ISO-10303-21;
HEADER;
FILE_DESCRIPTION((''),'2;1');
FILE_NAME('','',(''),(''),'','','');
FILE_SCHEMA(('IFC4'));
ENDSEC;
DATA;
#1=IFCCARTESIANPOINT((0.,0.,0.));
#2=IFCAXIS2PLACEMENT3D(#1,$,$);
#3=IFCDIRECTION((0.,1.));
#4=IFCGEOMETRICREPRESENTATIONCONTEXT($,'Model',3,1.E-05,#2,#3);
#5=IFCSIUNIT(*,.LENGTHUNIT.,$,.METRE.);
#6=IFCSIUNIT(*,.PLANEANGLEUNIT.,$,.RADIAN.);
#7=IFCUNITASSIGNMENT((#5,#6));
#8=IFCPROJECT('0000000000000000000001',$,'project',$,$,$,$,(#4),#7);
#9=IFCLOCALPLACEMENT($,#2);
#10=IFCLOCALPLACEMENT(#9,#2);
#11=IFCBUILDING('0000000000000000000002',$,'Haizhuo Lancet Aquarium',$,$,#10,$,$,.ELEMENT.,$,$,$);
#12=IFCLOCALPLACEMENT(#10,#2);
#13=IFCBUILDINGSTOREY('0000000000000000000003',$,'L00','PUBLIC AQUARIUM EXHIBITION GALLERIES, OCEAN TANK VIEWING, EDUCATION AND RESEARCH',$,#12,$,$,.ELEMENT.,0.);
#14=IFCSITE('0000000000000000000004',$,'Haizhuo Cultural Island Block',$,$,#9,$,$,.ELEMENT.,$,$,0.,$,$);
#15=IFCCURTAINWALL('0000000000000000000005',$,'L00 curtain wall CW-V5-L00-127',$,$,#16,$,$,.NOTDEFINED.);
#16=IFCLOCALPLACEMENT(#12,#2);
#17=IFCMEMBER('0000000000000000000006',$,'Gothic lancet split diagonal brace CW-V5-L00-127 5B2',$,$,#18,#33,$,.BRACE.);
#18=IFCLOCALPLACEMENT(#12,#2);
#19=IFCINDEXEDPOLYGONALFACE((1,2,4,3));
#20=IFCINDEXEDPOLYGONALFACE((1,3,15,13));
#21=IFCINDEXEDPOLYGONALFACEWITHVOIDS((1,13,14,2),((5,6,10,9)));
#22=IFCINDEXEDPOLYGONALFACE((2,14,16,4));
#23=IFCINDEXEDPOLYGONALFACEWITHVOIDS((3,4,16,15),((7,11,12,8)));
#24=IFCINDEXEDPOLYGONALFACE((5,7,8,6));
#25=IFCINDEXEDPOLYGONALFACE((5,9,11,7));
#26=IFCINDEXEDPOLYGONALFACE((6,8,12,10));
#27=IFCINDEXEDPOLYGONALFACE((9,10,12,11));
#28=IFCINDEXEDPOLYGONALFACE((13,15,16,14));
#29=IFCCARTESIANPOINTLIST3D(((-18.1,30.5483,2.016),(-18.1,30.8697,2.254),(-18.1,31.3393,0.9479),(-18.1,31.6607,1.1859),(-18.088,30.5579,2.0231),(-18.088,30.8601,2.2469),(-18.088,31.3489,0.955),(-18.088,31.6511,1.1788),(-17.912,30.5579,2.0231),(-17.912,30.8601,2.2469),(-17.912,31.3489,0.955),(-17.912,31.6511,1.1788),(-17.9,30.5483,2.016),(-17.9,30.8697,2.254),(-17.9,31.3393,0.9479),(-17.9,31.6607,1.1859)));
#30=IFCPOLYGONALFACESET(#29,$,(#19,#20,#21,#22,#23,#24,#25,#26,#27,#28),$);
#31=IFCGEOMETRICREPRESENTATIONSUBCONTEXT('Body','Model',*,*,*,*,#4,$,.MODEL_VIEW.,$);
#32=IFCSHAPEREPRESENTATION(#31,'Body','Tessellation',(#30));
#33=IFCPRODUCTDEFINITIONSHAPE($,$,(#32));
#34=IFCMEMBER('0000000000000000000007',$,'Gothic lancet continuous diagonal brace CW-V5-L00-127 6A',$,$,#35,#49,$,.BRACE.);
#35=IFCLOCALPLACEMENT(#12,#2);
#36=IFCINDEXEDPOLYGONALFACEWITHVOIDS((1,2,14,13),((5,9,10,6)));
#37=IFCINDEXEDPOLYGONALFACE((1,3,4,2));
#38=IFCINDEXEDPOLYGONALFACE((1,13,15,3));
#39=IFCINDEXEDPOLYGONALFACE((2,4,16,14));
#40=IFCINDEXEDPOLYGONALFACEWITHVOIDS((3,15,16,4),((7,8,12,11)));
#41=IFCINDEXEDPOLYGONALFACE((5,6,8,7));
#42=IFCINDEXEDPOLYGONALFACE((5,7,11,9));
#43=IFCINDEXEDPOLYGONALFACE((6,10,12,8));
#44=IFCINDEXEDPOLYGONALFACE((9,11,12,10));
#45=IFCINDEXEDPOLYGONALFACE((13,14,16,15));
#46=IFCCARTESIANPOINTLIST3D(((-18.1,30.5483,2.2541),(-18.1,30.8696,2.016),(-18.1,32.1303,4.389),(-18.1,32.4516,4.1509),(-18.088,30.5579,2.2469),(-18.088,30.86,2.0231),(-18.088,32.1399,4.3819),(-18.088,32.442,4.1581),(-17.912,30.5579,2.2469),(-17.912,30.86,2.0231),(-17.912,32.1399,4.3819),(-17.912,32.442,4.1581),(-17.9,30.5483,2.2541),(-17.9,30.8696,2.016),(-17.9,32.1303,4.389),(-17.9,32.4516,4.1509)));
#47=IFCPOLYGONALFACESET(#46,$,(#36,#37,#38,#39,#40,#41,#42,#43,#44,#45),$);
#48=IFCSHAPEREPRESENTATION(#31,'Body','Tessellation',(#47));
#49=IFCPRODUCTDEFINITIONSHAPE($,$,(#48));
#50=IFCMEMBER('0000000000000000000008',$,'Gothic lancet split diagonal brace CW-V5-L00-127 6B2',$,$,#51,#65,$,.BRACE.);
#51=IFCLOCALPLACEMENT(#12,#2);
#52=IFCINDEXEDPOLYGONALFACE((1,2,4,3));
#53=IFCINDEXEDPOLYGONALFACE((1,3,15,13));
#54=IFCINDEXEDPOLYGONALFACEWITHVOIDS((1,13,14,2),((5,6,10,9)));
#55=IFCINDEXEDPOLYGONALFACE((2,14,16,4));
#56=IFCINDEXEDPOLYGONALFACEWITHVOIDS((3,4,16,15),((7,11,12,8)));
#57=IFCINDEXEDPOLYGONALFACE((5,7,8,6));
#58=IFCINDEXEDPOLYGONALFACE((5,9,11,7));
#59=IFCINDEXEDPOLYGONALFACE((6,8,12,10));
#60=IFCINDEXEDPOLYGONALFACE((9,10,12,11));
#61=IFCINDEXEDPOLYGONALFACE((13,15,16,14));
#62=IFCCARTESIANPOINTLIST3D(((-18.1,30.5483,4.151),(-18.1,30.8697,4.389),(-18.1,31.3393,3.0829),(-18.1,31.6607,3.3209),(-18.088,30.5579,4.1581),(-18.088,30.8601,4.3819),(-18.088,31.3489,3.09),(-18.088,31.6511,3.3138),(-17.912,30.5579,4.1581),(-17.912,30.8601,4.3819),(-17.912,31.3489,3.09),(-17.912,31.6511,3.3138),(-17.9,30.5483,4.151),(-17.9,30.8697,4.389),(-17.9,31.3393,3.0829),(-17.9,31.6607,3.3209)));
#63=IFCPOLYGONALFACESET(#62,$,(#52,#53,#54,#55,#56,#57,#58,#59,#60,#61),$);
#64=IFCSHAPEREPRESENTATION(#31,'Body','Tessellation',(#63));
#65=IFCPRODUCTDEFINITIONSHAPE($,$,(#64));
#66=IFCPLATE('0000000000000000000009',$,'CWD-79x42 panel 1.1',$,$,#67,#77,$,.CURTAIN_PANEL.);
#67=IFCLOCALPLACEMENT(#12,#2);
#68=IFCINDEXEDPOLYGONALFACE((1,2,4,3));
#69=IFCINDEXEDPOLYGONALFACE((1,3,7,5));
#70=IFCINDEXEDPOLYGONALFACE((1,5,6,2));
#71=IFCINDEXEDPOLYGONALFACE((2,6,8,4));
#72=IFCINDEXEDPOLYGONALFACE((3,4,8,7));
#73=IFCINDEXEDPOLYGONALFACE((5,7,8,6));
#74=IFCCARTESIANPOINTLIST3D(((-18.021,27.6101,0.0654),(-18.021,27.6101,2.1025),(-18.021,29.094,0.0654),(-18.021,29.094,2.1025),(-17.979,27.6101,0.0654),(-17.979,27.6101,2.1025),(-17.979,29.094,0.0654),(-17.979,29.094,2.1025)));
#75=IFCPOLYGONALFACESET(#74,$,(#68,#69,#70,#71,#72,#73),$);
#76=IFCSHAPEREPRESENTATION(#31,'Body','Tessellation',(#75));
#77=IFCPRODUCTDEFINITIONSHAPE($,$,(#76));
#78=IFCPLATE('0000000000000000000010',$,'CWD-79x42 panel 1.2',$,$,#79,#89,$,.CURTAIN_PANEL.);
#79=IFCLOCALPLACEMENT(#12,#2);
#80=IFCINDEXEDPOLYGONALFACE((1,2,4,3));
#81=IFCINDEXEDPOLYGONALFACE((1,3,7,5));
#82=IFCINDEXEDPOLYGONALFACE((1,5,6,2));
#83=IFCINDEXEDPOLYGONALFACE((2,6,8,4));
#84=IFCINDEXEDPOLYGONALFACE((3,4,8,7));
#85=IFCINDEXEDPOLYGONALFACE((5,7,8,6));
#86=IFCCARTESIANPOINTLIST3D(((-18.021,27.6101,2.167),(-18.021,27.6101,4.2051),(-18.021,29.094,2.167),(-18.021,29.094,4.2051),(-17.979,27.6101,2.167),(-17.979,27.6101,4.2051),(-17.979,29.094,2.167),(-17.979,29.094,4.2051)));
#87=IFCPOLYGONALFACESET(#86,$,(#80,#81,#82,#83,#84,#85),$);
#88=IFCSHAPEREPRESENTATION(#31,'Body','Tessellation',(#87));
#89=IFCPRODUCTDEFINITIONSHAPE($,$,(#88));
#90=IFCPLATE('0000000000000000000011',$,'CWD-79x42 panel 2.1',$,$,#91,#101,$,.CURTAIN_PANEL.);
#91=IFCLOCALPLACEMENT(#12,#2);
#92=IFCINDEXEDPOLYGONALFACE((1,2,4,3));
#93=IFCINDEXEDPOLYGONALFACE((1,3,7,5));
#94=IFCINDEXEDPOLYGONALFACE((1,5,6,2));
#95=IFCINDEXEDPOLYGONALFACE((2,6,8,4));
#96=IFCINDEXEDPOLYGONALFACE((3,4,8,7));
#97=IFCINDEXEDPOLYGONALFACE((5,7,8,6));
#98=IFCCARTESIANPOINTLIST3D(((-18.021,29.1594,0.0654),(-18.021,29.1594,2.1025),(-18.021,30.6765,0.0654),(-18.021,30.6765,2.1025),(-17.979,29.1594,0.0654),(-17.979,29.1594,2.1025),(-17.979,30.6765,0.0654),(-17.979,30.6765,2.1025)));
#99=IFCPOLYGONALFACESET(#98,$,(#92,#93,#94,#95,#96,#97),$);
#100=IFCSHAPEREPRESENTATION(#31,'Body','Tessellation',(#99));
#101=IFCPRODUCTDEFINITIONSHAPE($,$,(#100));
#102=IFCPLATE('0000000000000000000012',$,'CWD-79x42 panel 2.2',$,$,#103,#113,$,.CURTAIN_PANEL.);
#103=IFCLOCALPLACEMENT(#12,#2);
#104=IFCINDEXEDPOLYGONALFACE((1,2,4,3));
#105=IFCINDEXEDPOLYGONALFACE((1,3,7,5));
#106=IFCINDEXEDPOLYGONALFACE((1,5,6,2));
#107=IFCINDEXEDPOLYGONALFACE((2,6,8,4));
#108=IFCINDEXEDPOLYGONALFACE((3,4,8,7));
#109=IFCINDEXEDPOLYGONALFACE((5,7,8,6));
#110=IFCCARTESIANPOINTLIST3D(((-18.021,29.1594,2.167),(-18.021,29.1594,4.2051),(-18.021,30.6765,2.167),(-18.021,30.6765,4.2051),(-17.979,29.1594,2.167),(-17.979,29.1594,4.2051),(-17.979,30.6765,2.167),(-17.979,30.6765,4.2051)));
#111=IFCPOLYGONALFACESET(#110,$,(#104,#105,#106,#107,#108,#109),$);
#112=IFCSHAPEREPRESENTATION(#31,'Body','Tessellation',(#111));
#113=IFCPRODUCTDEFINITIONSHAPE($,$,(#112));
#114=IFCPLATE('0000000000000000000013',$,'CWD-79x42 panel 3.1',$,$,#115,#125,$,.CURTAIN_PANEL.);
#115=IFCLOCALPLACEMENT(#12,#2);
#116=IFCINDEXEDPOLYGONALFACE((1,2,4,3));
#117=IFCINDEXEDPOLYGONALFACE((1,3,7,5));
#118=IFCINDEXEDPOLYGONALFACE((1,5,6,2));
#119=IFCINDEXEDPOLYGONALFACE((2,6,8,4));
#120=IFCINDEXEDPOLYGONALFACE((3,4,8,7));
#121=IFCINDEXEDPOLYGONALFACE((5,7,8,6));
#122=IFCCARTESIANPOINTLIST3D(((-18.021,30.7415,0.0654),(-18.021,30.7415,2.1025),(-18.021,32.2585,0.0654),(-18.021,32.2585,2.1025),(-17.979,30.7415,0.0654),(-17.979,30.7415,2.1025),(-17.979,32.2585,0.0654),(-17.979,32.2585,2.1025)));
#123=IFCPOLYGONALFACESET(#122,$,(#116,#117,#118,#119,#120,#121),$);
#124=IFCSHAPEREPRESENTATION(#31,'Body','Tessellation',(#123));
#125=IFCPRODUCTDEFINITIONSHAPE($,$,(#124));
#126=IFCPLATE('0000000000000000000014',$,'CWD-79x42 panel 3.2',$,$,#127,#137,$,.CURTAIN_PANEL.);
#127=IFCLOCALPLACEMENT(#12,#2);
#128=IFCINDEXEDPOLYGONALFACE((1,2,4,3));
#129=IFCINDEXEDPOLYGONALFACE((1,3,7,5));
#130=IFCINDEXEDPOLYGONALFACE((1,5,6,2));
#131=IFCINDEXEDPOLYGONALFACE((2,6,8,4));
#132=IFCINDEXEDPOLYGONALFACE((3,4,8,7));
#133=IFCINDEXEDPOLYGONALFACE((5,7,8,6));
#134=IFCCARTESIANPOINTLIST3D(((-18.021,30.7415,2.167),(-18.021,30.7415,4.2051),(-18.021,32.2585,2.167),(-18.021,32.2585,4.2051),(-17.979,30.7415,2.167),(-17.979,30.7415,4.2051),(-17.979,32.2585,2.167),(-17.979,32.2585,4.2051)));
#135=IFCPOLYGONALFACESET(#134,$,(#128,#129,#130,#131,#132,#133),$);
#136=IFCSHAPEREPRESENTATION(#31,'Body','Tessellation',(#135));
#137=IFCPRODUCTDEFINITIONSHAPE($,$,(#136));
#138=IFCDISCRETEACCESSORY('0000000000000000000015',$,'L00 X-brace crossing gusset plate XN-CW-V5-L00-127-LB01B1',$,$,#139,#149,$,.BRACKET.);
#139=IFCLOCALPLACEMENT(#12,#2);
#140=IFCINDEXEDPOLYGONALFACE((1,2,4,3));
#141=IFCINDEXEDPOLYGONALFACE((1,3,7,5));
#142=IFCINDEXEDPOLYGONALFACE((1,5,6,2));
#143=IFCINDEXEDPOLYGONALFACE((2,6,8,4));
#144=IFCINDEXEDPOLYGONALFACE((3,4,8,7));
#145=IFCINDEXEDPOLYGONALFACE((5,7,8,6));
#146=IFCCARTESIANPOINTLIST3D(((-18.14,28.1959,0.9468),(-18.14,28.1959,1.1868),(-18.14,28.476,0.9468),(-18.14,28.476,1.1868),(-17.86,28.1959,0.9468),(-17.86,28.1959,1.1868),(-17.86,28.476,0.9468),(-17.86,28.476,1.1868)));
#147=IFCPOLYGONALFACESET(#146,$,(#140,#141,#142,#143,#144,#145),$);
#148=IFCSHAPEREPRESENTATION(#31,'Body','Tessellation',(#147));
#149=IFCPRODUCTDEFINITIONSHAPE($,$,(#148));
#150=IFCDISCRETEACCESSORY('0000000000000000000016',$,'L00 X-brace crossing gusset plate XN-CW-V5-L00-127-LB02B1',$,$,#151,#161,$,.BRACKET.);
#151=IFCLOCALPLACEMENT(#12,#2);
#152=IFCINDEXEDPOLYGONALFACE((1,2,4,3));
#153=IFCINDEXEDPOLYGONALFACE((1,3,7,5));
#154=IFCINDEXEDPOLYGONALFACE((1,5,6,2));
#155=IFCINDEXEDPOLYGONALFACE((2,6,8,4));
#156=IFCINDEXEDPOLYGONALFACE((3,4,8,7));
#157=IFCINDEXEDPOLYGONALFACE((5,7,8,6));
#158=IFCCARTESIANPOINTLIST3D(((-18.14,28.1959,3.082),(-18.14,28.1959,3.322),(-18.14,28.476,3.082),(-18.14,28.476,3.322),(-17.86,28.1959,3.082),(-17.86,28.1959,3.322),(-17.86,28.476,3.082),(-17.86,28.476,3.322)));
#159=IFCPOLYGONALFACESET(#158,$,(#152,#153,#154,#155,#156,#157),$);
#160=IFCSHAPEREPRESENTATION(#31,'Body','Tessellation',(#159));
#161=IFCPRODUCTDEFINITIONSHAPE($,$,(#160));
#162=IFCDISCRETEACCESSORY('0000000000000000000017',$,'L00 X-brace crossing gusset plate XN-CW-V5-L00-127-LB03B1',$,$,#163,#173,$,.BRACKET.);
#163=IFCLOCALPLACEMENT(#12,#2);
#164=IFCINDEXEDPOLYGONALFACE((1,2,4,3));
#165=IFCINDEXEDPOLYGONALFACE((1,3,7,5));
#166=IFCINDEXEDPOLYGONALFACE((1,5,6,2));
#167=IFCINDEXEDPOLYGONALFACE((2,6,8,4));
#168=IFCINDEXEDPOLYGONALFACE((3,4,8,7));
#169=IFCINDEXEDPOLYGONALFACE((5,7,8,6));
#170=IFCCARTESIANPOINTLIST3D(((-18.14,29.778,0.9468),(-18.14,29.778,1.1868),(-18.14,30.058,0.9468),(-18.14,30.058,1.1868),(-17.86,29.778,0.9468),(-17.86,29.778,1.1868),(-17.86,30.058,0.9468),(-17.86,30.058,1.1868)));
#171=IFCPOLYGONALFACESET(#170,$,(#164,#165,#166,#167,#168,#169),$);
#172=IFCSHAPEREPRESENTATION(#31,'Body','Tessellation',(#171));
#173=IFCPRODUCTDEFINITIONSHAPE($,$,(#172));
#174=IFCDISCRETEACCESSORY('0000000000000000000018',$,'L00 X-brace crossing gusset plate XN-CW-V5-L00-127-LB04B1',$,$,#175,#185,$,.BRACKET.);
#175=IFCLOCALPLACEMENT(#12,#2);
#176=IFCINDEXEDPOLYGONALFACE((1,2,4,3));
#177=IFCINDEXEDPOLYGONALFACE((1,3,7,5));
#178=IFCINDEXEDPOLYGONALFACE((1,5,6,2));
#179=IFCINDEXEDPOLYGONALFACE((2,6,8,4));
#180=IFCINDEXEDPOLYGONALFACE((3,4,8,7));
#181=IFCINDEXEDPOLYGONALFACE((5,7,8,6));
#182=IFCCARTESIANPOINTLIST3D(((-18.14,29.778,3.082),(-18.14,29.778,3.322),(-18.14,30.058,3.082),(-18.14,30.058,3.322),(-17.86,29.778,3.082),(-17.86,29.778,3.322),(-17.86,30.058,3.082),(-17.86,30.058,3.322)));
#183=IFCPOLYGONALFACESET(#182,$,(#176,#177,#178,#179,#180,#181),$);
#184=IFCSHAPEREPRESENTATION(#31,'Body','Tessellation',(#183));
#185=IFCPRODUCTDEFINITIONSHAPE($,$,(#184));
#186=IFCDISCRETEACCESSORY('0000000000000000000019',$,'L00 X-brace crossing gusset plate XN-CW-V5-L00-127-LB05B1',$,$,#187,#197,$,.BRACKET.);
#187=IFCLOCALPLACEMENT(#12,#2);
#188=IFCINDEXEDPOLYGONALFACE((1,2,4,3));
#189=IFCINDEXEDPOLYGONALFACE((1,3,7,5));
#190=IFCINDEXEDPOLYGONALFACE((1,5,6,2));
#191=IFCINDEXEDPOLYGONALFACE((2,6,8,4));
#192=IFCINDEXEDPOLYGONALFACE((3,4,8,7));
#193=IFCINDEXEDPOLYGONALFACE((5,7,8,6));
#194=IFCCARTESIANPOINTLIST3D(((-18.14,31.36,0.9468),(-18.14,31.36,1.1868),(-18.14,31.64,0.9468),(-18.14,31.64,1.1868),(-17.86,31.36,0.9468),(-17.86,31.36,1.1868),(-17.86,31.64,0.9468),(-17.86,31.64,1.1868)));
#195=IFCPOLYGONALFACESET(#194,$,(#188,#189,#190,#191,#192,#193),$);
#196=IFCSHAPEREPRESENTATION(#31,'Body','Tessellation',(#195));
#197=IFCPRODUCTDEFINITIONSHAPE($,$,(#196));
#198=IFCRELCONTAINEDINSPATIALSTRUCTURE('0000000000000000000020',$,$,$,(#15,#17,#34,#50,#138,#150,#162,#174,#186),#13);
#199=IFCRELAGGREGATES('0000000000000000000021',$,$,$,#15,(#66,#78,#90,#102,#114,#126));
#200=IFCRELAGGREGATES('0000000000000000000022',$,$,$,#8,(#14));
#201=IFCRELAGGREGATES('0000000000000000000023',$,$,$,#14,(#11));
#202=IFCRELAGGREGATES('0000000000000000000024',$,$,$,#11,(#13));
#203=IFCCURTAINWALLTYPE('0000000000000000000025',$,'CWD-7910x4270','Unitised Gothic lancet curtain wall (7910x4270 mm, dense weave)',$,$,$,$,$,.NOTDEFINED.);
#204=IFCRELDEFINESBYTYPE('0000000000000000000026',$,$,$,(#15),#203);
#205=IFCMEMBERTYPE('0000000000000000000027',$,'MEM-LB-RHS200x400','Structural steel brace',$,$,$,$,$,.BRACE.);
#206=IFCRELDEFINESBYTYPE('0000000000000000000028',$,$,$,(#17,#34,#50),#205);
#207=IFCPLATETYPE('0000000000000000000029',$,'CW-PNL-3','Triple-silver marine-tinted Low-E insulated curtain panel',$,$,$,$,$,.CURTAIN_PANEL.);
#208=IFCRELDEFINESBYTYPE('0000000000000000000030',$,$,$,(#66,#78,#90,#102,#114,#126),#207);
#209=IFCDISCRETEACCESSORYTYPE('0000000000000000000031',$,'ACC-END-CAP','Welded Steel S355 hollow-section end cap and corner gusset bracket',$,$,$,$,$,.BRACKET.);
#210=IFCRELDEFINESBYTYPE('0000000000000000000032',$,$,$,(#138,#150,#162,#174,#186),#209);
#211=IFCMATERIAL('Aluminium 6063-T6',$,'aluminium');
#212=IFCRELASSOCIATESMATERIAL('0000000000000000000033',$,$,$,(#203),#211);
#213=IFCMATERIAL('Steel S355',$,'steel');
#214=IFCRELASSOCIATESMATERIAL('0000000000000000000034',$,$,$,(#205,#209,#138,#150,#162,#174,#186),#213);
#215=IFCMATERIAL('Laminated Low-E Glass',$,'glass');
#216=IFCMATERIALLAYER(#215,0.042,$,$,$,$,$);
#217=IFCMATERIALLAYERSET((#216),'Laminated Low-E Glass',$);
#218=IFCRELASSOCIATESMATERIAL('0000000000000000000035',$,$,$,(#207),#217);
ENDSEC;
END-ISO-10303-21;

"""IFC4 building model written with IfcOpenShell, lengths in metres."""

from ifc_helpers import new_model, si_unit, direction, frame, origin, origin_2d, place, context, subcontext, project, spatial, rectangle, hollow_rectangle, extrude, material, layer, layer_set, material_profile, profile_set, type_object, element, aggregate, save


model = new_model("IFC4")

# Units and contexts
model_context = context("Model", 3, precision=1e-05, world=origin(), true_north=direction((0.0, 1.0)))
body_context = subcontext(model_context, "Body", "Model", "MODEL_VIEW")
ifc_project = project(units=[si_unit("LENGTHUNIT", "METRE"), si_unit("PLANEANGLEUNIT", "RADIAN")], contexts=[model_context])

# Site, building, storey
site_placement = place(None, origin())
site = spatial("IfcSite", under=ifc_project, at=site_placement, Name="Haizhuo Cultural Island Block", CompositionType="ELEMENT", RefElevation=0.0)
building_placement = place(site_placement, origin())
building = spatial("IfcBuilding", under=site, at=building_placement, Name="Haizhuo Lancet Aquarium", CompositionType="ELEMENT")
storey_placement = place(building_placement, origin())
storey = spatial("IfcBuildingStorey", under=building, at=storey_placement, Name="L00", Description="PUBLIC AQUARIUM EXHIBITION GALLERIES, OCEAN TANK VIEWING, EDUCATION AND RESEARCH", CompositionType="ELEMENT", Elevation=0.0)

# Curtain wall
ifc_material_1 = material(Name="Aluminium 6063-T6", Category="aluminium")
curtain_wall_type = type_object("IfcCurtainWallType", Name="CWD-7910x4270", Description="Unitised Gothic lancet curtain wall (7910x4270 mm, dense weave)", PredefinedType="NOTDEFINED", material=ifc_material_1)
curtain_wall_placement = place(storey_placement, origin())
curtain_wall = element("IfcCurtainWall", 1, at=curtain_wall_placement, inside=storey, type_object=curtain_wall_type, Name="L00 curtain wall CW-V5-L00-127", PredefinedType="NOTDEFINED")

# Members
ifc_material_2 = material(Name="Steel S355", Category="steel")
ifc_material_profile_1 = material_profile(ifc_material_2, hollow_rectangle(XDim=0.2, YDim=0.3999, WallThickness=0.012, at=origin_2d()), Name="RHS 200x400x12")
ifc_profile_set_1 = profile_set([ifc_material_profile_1], Name="Steel S355")
member_type_1 = type_object("IfcMemberType", Name="MEM-LB-RHS200x400", Description="Structural steel brace", PredefinedType="BRACE", material=ifc_profile_set_1)
member_1_placement = place(storey_placement, frame((-18.0, 31.5, 1.0669), z_axis=(0.0, -0.59514, 0.803622), x_axis=(1.0, 0.0, 0.0)))
element("IfcMember", 2, at=member_1_placement, inside=storey, type_object=member_type_1, Name="Gothic lancet split diagonal brace CW-V5-L00-127 5B2", PredefinedType="BRACE", context=body_context, shape_type="SweptSolid", body=[
    extrude(hollow_rectangle(XDim=0.2, YDim=0.3999, WallThickness=0.012, at=origin_2d()), origin(), (0.0, 0.0, 1.0), 1.3291),
])
member_2_placement = place(storey_placement, frame((-18.0, 30.709, 2.135), z_axis=(0.0, 0.595359, 0.80346), x_axis=(-1.0, 0.0, 0.0)))
element("IfcMember", 3, at=member_2_placement, inside=storey, type_object=member_type_1, Name="Gothic lancet continuous diagonal brace CW-V5-L00-127 6A", PredefinedType="BRACE", context=body_context, shape_type="SweptSolid", body=[
    extrude(hollow_rectangle(XDim=0.2, YDim=0.3999, WallThickness=0.012, at=origin_2d()), origin(), (0.0, 0.0, 1.0), 2.6572),
])
member_3_placement = place(storey_placement, frame((-18.0, 31.5, 3.2019), z_axis=(0.0, -0.59514, 0.803622), x_axis=(1.0, 0.0, 0.0)))
element("IfcMember", 4, at=member_3_placement, inside=storey, type_object=member_type_1, Name="Gothic lancet split diagonal brace CW-V5-L00-127 6B2", PredefinedType="BRACE", context=body_context, shape_type="SweptSolid", body=[
    extrude(hollow_rectangle(XDim=0.2, YDim=0.3999, WallThickness=0.012, at=origin_2d()), origin(), (0.0, 0.0, 1.0), 1.3291),
])

# Plates
ifc_material_3 = material(Name="Laminated Low-E Glass", Category="glass")
ifc_layer = layer(ifc_material_3, 0.042)
ifc_layer_set = layer_set([ifc_layer], Name="Laminated Low-E Glass")
plate_type = type_object("IfcPlateType", Name="CW-PNL-3", Description="Triple-silver marine-tinted Low-E insulated curtain panel", PredefinedType="CURTAIN_PANEL", material=ifc_layer_set)
plate_1_placement = place(storey_placement, frame((-18.0, 28.3521, 0.0654), z_axis=(0.0, 0.0, 1.0), x_axis=(0.0, 1.0, 0.0)))
plate_1 = element("IfcPlate", 5, at=plate_1_placement, type_object=plate_type, Name="CWD-79x42 panel 1.1", PredefinedType="CURTAIN_PANEL", context=body_context, shape_type="SweptSolid", body=[
    extrude(rectangle(XDim=1.4839, YDim=0.042, at=origin_2d()), origin(), (0.0, 0.0, 1.0), 2.0371),
])
plate_2_placement = place(storey_placement, frame((-18.0, 28.3521, 2.167), z_axis=(0.0, 0.0, 1.0), x_axis=(0.0, 1.0, 0.0)))
plate_2 = element("IfcPlate", 6, at=plate_2_placement, type_object=plate_type, Name="CWD-79x42 panel 1.2", PredefinedType="CURTAIN_PANEL", context=body_context, shape_type="SweptSolid", body=[
    extrude(rectangle(XDim=1.4839, YDim=0.042, at=origin_2d()), origin(), (0.0, 0.0, 1.0), 2.0381),
])
plate_3_placement = place(storey_placement, frame((-18.0, 29.918, 0.0654), z_axis=(0.0, 0.0, 1.0), x_axis=(0.0, 1.0, 0.0)))
plate_3 = element("IfcPlate", 7, at=plate_3_placement, type_object=plate_type, Name="CWD-79x42 panel 2.1", PredefinedType="CURTAIN_PANEL", context=body_context, shape_type="SweptSolid", body=[
    extrude(rectangle(XDim=1.5171, YDim=0.042, at=origin_2d()), origin(), (0.0, 0.0, 1.0), 2.0371),
])
plate_4_placement = place(storey_placement, frame((-18.0, 29.918, 2.167), z_axis=(0.0, 0.0, 1.0), x_axis=(0.0, 1.0, 0.0)))
plate_4 = element("IfcPlate", 8, at=plate_4_placement, type_object=plate_type, Name="CWD-79x42 panel 2.2", PredefinedType="CURTAIN_PANEL", context=body_context, shape_type="SweptSolid", body=[
    extrude(rectangle(XDim=1.5171, YDim=0.042, at=origin_2d()), origin(), (0.0, 0.0, 1.0), 2.0381),
])
plate_5_placement = place(storey_placement, frame((-18.0, 31.5, 0.0654), z_axis=(0.0, 0.0, 1.0), x_axis=(0.0, 1.0, 0.0)))
plate_5 = element("IfcPlate", 9, at=plate_5_placement, type_object=plate_type, Name="CWD-79x42 panel 3.1", PredefinedType="CURTAIN_PANEL", context=body_context, shape_type="SweptSolid", body=[
    extrude(rectangle(XDim=1.5171, YDim=0.042, at=origin_2d()), origin(), (0.0, 0.0, 1.0), 2.0371),
])
plate_6_placement = place(storey_placement, frame((-18.0, 31.5, 2.167), z_axis=(0.0, 0.0, 1.0), x_axis=(0.0, 1.0, 0.0)))
plate_6 = element("IfcPlate", 10, at=plate_6_placement, type_object=plate_type, Name="CWD-79x42 panel 3.2", PredefinedType="CURTAIN_PANEL", context=body_context, shape_type="SweptSolid", body=[
    extrude(rectangle(XDim=1.5171, YDim=0.042, at=origin_2d()), origin(), (0.0, 0.0, 1.0), 2.0381),
])
aggregate(curtain_wall, [plate_1, plate_2, plate_3, plate_4, plate_5, plate_6])

# Discrete accessories
discrete_accessory_type = type_object("IfcDiscreteAccessoryType", Name="ACC-END-CAP", Description="Welded Steel S355 hollow-section end cap and corner gusset bracket", PredefinedType="BRACKET", material=ifc_material_2)
for number, where, z_axis, x_axis, name in (
    (11, (-18.0, 28.3359, 0.9468), (0.0, 0.0, 1.0), (1.0, 0.0, 0.0), "L00 X-brace crossing gusset plate XN-CW-V5-L00-127-LB01B1"),
    (12, (-18.0, 28.3359, 3.082), (0.0, 0.0, 1.0), (1.0, 0.0, 0.0), "L00 X-brace crossing gusset plate XN-CW-V5-L00-127-LB02B1"),
    (13, (-18.0, 29.918, 0.9468), (0.0, 0.0, 1.0), (1.0, 0.0, 0.0), "L00 X-brace crossing gusset plate XN-CW-V5-L00-127-LB03B1"),
    (14, (-18.0, 29.918, 3.082), (0.0, 0.0, 1.0), (1.0, 0.0, 0.0), "L00 X-brace crossing gusset plate XN-CW-V5-L00-127-LB04B1"),
    (15, (-18.0, 31.5, 0.9468), (0.0, 0.0, 1.0), (1.0, 0.0, 0.0), "L00 X-brace crossing gusset plate XN-CW-V5-L00-127-LB05B1"),
):
    element("IfcDiscreteAccessory", number, at=place(storey_placement, frame(where, z_axis=z_axis, x_axis=x_axis)), inside=storey, type_object=discrete_accessory_type, material=ifc_material_2, Name=name, PredefinedType="BRACKET", context=body_context, shape_type="SweptSolid", body=[
        extrude(rectangle(XDim=0.28, YDim=0.28, at=origin_2d()), origin(), (0.0, 0.0, 1.0), 0.24),
    ])

save(model, "model.ifc")
